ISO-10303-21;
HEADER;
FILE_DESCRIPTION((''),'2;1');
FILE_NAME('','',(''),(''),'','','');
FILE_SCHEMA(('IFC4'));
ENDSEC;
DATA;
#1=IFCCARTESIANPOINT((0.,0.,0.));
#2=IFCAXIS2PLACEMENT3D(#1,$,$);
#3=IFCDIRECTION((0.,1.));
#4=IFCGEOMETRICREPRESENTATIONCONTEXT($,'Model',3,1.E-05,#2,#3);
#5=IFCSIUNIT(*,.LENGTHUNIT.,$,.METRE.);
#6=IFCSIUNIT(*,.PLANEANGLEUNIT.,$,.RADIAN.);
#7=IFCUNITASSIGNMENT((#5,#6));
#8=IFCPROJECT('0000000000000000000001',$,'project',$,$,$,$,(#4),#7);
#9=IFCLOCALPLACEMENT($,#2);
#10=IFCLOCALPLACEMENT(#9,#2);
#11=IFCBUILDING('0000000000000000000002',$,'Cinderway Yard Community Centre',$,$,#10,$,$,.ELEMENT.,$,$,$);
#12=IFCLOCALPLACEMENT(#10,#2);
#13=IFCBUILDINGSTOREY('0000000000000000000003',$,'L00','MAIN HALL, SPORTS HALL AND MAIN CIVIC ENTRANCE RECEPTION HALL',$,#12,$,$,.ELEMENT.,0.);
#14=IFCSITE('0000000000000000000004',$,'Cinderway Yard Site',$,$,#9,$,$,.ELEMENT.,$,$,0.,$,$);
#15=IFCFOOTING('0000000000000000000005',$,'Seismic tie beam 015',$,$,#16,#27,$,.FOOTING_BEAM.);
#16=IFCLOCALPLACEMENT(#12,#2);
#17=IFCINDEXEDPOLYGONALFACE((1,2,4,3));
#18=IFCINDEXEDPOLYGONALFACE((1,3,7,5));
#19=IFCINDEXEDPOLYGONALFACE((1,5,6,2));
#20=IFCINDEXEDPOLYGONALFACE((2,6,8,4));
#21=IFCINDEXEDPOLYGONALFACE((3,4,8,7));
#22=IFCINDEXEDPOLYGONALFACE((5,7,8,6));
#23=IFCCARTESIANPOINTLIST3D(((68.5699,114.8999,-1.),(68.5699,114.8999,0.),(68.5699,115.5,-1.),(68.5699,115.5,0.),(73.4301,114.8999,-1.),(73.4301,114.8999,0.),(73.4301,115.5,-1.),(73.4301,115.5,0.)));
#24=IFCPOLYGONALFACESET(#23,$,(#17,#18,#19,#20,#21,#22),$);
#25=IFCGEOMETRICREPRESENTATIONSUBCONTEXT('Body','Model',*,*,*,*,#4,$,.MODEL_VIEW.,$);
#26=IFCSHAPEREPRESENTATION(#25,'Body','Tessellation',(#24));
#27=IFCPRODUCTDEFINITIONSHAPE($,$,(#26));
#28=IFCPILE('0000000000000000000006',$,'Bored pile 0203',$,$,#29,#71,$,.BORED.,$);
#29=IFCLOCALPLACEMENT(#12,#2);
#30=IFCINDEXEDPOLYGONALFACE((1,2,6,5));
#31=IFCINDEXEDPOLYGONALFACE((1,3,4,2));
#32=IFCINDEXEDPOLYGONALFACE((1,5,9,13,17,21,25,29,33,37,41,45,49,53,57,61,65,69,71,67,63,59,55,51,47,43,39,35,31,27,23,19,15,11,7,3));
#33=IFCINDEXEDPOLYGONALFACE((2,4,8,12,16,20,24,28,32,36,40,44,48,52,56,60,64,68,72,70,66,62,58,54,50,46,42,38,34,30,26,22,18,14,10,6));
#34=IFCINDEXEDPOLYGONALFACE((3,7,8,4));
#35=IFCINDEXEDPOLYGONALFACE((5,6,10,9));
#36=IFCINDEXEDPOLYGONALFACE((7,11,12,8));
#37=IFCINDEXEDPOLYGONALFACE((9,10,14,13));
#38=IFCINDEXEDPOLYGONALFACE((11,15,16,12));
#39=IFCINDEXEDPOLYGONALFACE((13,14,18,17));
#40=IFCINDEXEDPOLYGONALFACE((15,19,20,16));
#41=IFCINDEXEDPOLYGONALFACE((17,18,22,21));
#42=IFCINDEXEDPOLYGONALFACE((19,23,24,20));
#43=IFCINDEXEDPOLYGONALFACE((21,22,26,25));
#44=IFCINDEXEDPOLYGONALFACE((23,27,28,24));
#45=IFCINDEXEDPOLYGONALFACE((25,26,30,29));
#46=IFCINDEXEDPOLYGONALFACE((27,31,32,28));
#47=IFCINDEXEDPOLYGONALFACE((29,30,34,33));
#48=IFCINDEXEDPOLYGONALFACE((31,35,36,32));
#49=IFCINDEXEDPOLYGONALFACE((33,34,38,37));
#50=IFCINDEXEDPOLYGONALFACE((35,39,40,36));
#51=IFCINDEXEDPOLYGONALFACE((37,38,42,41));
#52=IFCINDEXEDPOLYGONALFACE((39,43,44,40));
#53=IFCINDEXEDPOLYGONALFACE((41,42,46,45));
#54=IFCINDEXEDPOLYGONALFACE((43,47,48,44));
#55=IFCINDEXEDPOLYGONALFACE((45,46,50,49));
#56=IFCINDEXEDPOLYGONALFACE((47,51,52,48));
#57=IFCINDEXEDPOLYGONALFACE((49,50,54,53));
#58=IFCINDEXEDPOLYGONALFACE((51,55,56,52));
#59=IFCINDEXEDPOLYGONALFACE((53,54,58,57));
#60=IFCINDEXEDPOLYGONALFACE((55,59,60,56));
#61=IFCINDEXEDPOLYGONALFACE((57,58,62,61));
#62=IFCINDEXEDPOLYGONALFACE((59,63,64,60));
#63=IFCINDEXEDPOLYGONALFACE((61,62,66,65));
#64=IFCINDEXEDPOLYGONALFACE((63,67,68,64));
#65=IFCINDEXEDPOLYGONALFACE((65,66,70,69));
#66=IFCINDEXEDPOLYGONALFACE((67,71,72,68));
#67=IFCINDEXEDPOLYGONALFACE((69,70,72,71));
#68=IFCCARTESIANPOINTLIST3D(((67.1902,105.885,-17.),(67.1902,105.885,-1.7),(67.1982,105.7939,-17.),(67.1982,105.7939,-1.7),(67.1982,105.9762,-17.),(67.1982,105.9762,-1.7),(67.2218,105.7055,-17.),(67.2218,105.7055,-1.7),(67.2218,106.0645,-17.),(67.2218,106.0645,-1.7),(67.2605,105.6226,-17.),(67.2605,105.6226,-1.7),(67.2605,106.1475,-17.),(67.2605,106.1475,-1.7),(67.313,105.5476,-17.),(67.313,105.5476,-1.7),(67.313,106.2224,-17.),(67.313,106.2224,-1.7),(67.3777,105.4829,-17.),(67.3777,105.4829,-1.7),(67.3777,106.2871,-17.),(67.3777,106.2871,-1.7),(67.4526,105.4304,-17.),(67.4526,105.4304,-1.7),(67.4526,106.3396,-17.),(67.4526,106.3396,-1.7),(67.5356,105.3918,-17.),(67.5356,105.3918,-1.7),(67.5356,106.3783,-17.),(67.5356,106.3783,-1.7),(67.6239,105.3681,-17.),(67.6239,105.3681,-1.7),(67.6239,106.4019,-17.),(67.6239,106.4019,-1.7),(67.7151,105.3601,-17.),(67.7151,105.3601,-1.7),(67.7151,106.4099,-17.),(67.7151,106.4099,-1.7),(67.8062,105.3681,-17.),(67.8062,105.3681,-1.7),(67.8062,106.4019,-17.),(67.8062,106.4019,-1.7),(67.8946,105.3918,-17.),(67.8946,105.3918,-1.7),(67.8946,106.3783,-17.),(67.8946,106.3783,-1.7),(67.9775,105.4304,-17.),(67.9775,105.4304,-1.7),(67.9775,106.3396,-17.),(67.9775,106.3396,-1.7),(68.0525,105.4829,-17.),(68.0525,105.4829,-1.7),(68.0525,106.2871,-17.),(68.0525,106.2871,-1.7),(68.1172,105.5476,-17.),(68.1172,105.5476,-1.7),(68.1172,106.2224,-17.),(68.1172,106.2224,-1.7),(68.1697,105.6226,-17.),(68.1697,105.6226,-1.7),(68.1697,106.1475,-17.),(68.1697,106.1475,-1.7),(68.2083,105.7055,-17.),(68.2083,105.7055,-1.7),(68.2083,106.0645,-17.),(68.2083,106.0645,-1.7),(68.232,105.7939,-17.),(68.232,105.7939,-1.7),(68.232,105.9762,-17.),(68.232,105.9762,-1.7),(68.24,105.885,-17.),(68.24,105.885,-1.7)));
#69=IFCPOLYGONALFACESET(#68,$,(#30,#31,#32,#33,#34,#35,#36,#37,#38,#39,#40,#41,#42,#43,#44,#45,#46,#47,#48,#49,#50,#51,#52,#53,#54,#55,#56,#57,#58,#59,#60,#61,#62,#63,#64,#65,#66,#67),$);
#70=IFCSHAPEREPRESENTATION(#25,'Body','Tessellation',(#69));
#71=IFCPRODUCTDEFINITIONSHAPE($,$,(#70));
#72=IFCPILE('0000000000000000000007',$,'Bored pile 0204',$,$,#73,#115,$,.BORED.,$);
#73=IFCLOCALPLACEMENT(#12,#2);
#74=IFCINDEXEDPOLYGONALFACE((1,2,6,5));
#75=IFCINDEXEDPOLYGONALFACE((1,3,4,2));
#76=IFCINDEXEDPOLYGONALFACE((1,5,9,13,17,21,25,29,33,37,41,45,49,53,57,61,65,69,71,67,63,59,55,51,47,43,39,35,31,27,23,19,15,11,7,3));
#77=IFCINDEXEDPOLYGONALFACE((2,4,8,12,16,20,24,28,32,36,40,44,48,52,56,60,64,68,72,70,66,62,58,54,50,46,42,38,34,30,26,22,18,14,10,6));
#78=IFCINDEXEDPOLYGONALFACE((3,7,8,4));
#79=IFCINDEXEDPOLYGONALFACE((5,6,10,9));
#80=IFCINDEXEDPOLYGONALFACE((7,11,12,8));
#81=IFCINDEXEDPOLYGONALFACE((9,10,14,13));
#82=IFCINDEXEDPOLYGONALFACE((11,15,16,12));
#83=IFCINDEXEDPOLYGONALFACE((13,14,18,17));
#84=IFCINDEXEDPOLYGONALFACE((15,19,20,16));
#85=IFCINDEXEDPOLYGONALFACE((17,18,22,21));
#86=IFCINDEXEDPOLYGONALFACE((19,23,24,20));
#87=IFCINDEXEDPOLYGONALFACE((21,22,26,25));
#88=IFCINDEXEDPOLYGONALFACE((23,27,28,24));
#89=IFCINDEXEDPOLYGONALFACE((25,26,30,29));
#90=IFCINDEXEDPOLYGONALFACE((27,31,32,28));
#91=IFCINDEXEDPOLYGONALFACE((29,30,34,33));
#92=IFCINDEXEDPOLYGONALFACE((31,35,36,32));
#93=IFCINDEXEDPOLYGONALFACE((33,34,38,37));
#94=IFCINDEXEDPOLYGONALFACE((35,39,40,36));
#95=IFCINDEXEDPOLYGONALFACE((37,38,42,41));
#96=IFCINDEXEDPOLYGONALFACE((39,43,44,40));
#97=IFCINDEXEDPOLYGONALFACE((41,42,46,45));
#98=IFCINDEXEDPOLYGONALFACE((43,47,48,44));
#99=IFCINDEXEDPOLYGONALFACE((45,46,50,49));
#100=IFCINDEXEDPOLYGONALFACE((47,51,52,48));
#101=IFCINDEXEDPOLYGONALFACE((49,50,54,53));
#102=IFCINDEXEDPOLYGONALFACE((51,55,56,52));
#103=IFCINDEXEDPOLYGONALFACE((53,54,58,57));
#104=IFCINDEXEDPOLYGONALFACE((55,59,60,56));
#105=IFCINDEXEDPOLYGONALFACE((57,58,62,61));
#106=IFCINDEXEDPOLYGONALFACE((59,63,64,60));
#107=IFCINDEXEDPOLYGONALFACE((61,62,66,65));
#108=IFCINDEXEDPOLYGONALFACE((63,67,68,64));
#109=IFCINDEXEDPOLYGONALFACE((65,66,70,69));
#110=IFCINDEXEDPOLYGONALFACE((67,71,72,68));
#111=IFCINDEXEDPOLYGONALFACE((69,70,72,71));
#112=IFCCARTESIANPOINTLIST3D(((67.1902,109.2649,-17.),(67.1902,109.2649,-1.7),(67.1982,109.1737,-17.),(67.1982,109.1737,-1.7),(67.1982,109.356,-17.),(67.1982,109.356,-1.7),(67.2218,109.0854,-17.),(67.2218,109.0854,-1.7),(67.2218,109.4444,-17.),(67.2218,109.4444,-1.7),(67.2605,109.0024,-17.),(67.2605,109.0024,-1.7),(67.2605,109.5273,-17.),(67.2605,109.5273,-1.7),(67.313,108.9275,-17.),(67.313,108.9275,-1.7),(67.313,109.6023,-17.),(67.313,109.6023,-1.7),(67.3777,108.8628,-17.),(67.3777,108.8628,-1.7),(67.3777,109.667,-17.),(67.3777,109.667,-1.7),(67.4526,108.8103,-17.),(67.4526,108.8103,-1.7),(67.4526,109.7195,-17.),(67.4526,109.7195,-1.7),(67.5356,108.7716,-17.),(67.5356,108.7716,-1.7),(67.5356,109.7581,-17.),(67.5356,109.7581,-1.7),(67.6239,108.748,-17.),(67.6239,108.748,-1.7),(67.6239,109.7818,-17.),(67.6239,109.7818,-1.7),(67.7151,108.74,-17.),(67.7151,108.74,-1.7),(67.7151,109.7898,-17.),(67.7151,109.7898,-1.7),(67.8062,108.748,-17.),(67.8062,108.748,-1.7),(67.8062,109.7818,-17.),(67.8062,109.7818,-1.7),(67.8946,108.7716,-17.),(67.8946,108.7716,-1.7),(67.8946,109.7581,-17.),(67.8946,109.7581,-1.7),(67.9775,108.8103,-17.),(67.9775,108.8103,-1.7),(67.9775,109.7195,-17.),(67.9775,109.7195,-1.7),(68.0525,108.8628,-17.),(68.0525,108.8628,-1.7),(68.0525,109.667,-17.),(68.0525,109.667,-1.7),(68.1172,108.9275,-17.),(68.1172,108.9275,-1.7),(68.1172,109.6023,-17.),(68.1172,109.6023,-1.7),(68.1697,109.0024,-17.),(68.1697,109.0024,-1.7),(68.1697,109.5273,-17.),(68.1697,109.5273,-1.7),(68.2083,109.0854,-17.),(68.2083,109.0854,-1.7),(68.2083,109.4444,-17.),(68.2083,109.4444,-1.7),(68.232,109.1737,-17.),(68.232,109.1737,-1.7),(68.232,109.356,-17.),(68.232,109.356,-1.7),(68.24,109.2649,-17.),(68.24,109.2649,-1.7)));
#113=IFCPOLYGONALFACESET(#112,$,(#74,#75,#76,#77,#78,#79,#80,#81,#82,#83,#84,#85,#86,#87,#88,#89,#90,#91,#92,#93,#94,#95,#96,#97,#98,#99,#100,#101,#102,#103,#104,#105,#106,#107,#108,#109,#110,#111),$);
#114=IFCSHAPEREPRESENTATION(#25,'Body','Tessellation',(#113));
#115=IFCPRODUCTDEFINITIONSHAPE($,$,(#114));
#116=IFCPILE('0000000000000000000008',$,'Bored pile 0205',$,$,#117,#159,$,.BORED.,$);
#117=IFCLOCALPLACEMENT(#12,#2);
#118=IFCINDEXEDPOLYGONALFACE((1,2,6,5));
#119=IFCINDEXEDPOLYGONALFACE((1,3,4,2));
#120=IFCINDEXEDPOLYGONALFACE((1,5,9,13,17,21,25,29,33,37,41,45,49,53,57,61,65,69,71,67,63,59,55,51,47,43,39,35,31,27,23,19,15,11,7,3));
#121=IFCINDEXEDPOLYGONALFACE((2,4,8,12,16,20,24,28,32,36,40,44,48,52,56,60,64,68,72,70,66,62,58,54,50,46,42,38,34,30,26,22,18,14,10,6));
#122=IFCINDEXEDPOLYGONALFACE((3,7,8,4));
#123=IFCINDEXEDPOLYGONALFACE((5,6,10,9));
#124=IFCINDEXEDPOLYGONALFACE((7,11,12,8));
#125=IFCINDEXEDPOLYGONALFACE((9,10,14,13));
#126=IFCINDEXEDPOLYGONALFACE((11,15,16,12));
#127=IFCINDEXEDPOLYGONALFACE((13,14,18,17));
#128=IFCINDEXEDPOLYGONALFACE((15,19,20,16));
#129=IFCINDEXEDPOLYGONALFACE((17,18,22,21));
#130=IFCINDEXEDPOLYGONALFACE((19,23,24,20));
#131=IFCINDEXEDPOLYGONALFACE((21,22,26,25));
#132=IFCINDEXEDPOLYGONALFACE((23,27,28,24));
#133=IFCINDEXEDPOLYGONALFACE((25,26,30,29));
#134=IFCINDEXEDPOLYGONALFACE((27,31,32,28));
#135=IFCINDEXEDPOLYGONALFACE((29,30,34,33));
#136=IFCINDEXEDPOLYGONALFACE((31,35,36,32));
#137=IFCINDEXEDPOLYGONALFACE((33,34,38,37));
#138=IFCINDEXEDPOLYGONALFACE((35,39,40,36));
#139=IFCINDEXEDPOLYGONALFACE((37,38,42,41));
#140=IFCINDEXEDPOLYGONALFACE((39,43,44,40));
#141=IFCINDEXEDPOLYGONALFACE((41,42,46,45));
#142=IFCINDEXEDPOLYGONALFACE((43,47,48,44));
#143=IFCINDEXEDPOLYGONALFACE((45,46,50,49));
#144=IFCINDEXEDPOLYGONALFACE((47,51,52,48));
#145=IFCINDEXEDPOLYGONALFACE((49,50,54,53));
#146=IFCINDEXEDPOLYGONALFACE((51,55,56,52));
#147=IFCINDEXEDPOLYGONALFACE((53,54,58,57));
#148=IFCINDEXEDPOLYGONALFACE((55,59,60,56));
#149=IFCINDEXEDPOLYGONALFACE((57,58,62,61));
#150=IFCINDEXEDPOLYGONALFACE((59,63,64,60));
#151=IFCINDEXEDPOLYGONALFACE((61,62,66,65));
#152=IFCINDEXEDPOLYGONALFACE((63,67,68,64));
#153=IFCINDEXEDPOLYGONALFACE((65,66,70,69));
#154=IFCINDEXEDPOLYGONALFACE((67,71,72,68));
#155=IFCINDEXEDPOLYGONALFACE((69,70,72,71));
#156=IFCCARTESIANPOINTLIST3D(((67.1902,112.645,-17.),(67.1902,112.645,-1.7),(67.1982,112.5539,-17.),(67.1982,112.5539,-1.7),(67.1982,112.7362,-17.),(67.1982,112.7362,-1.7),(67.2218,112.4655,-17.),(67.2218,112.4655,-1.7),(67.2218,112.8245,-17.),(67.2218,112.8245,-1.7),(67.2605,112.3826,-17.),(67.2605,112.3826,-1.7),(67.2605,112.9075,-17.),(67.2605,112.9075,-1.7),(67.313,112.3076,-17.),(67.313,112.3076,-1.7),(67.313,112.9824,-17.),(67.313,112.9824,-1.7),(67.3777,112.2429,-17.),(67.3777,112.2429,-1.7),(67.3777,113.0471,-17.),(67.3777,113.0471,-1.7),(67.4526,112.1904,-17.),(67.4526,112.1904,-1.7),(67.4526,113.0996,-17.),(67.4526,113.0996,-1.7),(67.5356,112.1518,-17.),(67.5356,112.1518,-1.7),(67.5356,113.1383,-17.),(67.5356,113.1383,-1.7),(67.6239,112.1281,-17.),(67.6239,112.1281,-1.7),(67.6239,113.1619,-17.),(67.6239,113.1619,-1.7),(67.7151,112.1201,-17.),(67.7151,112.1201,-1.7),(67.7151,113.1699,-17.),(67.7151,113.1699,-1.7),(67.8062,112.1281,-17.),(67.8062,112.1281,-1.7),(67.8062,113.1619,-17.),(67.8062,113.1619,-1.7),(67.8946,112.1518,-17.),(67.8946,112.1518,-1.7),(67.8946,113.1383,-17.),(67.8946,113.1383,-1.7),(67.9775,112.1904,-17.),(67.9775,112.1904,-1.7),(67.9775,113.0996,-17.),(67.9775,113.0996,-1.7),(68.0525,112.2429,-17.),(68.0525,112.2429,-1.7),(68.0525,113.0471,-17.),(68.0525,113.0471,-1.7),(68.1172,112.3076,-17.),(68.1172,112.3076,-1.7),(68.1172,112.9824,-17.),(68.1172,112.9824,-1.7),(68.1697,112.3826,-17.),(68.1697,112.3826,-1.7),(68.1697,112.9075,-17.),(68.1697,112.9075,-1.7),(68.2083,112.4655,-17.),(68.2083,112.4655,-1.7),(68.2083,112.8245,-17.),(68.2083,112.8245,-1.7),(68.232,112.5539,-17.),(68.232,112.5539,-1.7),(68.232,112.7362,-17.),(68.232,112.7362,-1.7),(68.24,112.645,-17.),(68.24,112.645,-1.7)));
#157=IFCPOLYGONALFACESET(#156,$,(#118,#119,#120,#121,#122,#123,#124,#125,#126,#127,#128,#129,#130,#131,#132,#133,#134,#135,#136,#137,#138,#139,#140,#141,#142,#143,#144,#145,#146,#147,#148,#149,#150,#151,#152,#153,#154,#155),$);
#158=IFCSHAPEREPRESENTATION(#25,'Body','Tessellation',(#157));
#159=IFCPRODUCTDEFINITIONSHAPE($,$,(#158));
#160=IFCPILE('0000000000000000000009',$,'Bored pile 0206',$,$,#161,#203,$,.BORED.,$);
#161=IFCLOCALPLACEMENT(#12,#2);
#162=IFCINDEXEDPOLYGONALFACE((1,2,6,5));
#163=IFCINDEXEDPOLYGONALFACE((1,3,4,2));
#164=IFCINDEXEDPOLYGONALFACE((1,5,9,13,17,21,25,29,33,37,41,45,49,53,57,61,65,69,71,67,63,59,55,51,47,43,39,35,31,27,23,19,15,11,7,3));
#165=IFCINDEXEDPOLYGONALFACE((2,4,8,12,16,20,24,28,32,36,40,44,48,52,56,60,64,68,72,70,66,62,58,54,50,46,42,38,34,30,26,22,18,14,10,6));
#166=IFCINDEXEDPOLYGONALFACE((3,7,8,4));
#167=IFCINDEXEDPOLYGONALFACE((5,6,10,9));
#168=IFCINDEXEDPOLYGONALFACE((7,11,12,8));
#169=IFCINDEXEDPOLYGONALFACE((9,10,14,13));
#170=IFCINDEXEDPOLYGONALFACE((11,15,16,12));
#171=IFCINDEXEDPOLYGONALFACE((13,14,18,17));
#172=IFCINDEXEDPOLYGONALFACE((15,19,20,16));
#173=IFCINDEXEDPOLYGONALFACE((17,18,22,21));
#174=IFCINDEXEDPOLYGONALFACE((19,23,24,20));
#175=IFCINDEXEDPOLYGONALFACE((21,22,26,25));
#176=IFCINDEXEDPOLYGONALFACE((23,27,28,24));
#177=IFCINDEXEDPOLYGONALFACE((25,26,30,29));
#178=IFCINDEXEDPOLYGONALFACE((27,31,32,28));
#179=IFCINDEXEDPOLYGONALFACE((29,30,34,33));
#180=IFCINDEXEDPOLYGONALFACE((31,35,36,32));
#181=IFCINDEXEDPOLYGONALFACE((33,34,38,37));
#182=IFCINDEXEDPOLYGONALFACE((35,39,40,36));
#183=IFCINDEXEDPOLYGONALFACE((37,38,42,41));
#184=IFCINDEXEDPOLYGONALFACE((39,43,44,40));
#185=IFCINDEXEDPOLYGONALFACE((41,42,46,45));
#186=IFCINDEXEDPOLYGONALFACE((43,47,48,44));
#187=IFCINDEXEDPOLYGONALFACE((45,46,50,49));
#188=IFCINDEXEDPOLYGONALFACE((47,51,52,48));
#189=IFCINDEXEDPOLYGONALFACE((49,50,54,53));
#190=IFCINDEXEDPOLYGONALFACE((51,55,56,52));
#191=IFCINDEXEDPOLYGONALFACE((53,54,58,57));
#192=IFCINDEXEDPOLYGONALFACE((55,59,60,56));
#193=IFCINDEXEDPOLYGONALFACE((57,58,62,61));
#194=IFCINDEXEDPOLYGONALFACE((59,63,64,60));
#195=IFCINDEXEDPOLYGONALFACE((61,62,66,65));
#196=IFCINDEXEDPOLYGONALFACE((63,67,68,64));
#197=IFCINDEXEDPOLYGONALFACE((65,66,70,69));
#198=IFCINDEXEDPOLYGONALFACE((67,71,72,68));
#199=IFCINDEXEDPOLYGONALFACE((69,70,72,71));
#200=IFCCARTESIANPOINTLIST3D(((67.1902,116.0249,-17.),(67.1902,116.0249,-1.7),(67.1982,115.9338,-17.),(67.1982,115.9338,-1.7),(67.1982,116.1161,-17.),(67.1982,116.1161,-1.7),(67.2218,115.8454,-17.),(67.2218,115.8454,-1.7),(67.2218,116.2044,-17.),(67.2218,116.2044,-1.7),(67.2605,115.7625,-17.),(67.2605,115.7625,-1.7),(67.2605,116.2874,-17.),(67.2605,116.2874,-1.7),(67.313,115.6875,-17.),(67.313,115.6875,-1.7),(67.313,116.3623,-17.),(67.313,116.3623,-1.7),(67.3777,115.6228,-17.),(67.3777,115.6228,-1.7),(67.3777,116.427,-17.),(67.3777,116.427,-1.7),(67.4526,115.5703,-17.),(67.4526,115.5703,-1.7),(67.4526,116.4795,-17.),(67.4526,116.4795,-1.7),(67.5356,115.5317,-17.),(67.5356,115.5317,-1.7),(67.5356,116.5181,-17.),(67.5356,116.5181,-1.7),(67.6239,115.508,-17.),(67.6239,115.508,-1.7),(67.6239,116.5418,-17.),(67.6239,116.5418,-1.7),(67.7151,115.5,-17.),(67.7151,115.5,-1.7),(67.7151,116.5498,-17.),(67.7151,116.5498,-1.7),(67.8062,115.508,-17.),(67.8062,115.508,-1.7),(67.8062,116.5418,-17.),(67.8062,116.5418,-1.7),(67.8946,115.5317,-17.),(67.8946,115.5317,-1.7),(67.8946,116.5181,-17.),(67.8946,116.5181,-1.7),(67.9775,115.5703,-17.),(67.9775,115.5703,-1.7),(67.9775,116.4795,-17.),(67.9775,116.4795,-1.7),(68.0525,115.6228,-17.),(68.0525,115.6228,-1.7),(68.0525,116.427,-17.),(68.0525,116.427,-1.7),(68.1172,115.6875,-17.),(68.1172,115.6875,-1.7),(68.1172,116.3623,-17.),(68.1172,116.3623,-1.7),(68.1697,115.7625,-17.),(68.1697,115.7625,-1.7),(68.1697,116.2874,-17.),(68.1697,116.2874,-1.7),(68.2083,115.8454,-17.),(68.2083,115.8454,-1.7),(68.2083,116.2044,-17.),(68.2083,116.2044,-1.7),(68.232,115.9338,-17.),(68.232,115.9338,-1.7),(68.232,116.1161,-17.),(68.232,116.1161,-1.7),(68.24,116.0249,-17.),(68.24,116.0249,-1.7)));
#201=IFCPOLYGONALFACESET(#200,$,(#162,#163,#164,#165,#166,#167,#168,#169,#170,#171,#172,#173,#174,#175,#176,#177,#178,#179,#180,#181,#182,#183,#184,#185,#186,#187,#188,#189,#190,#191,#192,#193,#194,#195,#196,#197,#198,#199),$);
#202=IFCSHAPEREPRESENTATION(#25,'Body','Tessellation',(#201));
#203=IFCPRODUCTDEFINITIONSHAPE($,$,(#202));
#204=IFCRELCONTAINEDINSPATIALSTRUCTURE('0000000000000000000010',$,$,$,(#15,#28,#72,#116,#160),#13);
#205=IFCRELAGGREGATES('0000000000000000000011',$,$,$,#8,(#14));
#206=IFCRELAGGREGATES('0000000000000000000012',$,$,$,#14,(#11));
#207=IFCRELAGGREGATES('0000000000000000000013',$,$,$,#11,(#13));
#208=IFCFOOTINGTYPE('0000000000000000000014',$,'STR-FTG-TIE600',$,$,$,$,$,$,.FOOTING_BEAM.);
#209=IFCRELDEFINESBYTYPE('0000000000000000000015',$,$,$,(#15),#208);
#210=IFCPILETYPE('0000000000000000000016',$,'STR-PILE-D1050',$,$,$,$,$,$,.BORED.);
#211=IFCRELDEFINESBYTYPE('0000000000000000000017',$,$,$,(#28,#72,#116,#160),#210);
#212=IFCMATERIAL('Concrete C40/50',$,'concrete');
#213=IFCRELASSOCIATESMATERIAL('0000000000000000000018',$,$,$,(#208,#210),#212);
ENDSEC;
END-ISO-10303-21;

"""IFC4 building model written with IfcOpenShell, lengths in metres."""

from ifc_helpers import new_model, si_unit, direction, frame, origin, origin_2d, place, context, subcontext, project, spatial, rectangle, circle, extrude, material, material_profile, profile_set, type_object, element, save


model = new_model("IFC4")

# Units and contexts
model_context = context("Model", 3, precision=1e-05, world=origin(), true_north=direction((0.0, 1.0)))
body_context = subcontext(model_context, "Body", "Model", "MODEL_VIEW")
ifc_project = project(units=[si_unit("LENGTHUNIT", "METRE"), si_unit("PLANEANGLEUNIT", "RADIAN")], contexts=[model_context])

# Site, building, storey
site_placement = place(None, origin())
site = spatial("IfcSite", under=ifc_project, at=site_placement, Name="Cinderway Yard Site", CompositionType="ELEMENT", RefElevation=0.0)
building_placement = place(site_placement, origin())
building = spatial("IfcBuilding", under=site, at=building_placement, Name="Cinderway Yard Community Centre", CompositionType="ELEMENT")
storey_placement = place(building_placement, origin())
storey = spatial("IfcBuildingStorey", under=building, at=storey_placement, Name="L00", Description="MAIN HALL, SPORTS HALL AND MAIN CIVIC ENTRANCE RECEPTION HALL", CompositionType="ELEMENT", Elevation=0.0)

# Footing
ifc_material_1 = material(Name="Concrete C40/50", Category="concrete")
footing_type = type_object("IfcFootingType", Name="STR-FTG-TIE600", PredefinedType="FOOTING_BEAM", material=ifc_material_1)
footing_placement = place(storey_placement, frame((71.0, 115.2, -1.0), z_axis=(0.0, 0.0, 1.0), x_axis=(1.0, 0.0, 0.0)))
element("IfcFooting", 1, at=footing_placement, inside=storey, type_object=footing_type, Name="Seismic tie beam 015", PredefinedType="FOOTING_BEAM", context=body_context, shape_type="SweptSolid", body=[
    extrude(rectangle(XDim=4.8601, YDim=0.6001, at=origin_2d()), origin(), (0.0, 0.0, 1.0), 1.0),
])

# Piles
ifc_material_profile_1 = material_profile(ifc_material_1, circle(Radius=0.5249, at=origin_2d()), Name="Concrete C40/50")
ifc_profile_set_1 = profile_set([ifc_material_profile_1], Name="Concrete C40/50")
pile_type = type_object("IfcPileType", Name="STR-PILE-D1050", PredefinedType="BORED", material=ifc_profile_set_1)
for number, where, z_axis, x_axis, name in (
    (2, (67.7151, 105.885, -1.7), (0.0, 0.0, -1.0), (1.0, 0.0, 0.0), "Bored pile 0203"),
    (3, (67.7151, 109.2649, -1.7), (0.0, 0.0, -1.0), (1.0, 0.0, 0.0), "Bored pile 0204"),
    (4, (67.7151, 112.645, -1.7), (0.0, 0.0, -1.0), (1.0, 0.0, 0.0), "Bored pile 0205"),
    (5, (67.7151, 116.0249, -1.7), (0.0, 0.0, -1.0), (1.0, 0.0, 0.0), "Bored pile 0206"),
):
    element("IfcPile", number, at=place(storey_placement, frame(where, z_axis=z_axis, x_axis=x_axis)), inside=storey, type_object=pile_type, Name=name, PredefinedType="BORED", context=body_context, shape_type="SweptSolid", body=[
        extrude(circle(Radius=0.5249, at=origin_2d()), origin(), (0.0, 0.0, 1.0), 15.3),
    ])

save(model, "model.ifc")
